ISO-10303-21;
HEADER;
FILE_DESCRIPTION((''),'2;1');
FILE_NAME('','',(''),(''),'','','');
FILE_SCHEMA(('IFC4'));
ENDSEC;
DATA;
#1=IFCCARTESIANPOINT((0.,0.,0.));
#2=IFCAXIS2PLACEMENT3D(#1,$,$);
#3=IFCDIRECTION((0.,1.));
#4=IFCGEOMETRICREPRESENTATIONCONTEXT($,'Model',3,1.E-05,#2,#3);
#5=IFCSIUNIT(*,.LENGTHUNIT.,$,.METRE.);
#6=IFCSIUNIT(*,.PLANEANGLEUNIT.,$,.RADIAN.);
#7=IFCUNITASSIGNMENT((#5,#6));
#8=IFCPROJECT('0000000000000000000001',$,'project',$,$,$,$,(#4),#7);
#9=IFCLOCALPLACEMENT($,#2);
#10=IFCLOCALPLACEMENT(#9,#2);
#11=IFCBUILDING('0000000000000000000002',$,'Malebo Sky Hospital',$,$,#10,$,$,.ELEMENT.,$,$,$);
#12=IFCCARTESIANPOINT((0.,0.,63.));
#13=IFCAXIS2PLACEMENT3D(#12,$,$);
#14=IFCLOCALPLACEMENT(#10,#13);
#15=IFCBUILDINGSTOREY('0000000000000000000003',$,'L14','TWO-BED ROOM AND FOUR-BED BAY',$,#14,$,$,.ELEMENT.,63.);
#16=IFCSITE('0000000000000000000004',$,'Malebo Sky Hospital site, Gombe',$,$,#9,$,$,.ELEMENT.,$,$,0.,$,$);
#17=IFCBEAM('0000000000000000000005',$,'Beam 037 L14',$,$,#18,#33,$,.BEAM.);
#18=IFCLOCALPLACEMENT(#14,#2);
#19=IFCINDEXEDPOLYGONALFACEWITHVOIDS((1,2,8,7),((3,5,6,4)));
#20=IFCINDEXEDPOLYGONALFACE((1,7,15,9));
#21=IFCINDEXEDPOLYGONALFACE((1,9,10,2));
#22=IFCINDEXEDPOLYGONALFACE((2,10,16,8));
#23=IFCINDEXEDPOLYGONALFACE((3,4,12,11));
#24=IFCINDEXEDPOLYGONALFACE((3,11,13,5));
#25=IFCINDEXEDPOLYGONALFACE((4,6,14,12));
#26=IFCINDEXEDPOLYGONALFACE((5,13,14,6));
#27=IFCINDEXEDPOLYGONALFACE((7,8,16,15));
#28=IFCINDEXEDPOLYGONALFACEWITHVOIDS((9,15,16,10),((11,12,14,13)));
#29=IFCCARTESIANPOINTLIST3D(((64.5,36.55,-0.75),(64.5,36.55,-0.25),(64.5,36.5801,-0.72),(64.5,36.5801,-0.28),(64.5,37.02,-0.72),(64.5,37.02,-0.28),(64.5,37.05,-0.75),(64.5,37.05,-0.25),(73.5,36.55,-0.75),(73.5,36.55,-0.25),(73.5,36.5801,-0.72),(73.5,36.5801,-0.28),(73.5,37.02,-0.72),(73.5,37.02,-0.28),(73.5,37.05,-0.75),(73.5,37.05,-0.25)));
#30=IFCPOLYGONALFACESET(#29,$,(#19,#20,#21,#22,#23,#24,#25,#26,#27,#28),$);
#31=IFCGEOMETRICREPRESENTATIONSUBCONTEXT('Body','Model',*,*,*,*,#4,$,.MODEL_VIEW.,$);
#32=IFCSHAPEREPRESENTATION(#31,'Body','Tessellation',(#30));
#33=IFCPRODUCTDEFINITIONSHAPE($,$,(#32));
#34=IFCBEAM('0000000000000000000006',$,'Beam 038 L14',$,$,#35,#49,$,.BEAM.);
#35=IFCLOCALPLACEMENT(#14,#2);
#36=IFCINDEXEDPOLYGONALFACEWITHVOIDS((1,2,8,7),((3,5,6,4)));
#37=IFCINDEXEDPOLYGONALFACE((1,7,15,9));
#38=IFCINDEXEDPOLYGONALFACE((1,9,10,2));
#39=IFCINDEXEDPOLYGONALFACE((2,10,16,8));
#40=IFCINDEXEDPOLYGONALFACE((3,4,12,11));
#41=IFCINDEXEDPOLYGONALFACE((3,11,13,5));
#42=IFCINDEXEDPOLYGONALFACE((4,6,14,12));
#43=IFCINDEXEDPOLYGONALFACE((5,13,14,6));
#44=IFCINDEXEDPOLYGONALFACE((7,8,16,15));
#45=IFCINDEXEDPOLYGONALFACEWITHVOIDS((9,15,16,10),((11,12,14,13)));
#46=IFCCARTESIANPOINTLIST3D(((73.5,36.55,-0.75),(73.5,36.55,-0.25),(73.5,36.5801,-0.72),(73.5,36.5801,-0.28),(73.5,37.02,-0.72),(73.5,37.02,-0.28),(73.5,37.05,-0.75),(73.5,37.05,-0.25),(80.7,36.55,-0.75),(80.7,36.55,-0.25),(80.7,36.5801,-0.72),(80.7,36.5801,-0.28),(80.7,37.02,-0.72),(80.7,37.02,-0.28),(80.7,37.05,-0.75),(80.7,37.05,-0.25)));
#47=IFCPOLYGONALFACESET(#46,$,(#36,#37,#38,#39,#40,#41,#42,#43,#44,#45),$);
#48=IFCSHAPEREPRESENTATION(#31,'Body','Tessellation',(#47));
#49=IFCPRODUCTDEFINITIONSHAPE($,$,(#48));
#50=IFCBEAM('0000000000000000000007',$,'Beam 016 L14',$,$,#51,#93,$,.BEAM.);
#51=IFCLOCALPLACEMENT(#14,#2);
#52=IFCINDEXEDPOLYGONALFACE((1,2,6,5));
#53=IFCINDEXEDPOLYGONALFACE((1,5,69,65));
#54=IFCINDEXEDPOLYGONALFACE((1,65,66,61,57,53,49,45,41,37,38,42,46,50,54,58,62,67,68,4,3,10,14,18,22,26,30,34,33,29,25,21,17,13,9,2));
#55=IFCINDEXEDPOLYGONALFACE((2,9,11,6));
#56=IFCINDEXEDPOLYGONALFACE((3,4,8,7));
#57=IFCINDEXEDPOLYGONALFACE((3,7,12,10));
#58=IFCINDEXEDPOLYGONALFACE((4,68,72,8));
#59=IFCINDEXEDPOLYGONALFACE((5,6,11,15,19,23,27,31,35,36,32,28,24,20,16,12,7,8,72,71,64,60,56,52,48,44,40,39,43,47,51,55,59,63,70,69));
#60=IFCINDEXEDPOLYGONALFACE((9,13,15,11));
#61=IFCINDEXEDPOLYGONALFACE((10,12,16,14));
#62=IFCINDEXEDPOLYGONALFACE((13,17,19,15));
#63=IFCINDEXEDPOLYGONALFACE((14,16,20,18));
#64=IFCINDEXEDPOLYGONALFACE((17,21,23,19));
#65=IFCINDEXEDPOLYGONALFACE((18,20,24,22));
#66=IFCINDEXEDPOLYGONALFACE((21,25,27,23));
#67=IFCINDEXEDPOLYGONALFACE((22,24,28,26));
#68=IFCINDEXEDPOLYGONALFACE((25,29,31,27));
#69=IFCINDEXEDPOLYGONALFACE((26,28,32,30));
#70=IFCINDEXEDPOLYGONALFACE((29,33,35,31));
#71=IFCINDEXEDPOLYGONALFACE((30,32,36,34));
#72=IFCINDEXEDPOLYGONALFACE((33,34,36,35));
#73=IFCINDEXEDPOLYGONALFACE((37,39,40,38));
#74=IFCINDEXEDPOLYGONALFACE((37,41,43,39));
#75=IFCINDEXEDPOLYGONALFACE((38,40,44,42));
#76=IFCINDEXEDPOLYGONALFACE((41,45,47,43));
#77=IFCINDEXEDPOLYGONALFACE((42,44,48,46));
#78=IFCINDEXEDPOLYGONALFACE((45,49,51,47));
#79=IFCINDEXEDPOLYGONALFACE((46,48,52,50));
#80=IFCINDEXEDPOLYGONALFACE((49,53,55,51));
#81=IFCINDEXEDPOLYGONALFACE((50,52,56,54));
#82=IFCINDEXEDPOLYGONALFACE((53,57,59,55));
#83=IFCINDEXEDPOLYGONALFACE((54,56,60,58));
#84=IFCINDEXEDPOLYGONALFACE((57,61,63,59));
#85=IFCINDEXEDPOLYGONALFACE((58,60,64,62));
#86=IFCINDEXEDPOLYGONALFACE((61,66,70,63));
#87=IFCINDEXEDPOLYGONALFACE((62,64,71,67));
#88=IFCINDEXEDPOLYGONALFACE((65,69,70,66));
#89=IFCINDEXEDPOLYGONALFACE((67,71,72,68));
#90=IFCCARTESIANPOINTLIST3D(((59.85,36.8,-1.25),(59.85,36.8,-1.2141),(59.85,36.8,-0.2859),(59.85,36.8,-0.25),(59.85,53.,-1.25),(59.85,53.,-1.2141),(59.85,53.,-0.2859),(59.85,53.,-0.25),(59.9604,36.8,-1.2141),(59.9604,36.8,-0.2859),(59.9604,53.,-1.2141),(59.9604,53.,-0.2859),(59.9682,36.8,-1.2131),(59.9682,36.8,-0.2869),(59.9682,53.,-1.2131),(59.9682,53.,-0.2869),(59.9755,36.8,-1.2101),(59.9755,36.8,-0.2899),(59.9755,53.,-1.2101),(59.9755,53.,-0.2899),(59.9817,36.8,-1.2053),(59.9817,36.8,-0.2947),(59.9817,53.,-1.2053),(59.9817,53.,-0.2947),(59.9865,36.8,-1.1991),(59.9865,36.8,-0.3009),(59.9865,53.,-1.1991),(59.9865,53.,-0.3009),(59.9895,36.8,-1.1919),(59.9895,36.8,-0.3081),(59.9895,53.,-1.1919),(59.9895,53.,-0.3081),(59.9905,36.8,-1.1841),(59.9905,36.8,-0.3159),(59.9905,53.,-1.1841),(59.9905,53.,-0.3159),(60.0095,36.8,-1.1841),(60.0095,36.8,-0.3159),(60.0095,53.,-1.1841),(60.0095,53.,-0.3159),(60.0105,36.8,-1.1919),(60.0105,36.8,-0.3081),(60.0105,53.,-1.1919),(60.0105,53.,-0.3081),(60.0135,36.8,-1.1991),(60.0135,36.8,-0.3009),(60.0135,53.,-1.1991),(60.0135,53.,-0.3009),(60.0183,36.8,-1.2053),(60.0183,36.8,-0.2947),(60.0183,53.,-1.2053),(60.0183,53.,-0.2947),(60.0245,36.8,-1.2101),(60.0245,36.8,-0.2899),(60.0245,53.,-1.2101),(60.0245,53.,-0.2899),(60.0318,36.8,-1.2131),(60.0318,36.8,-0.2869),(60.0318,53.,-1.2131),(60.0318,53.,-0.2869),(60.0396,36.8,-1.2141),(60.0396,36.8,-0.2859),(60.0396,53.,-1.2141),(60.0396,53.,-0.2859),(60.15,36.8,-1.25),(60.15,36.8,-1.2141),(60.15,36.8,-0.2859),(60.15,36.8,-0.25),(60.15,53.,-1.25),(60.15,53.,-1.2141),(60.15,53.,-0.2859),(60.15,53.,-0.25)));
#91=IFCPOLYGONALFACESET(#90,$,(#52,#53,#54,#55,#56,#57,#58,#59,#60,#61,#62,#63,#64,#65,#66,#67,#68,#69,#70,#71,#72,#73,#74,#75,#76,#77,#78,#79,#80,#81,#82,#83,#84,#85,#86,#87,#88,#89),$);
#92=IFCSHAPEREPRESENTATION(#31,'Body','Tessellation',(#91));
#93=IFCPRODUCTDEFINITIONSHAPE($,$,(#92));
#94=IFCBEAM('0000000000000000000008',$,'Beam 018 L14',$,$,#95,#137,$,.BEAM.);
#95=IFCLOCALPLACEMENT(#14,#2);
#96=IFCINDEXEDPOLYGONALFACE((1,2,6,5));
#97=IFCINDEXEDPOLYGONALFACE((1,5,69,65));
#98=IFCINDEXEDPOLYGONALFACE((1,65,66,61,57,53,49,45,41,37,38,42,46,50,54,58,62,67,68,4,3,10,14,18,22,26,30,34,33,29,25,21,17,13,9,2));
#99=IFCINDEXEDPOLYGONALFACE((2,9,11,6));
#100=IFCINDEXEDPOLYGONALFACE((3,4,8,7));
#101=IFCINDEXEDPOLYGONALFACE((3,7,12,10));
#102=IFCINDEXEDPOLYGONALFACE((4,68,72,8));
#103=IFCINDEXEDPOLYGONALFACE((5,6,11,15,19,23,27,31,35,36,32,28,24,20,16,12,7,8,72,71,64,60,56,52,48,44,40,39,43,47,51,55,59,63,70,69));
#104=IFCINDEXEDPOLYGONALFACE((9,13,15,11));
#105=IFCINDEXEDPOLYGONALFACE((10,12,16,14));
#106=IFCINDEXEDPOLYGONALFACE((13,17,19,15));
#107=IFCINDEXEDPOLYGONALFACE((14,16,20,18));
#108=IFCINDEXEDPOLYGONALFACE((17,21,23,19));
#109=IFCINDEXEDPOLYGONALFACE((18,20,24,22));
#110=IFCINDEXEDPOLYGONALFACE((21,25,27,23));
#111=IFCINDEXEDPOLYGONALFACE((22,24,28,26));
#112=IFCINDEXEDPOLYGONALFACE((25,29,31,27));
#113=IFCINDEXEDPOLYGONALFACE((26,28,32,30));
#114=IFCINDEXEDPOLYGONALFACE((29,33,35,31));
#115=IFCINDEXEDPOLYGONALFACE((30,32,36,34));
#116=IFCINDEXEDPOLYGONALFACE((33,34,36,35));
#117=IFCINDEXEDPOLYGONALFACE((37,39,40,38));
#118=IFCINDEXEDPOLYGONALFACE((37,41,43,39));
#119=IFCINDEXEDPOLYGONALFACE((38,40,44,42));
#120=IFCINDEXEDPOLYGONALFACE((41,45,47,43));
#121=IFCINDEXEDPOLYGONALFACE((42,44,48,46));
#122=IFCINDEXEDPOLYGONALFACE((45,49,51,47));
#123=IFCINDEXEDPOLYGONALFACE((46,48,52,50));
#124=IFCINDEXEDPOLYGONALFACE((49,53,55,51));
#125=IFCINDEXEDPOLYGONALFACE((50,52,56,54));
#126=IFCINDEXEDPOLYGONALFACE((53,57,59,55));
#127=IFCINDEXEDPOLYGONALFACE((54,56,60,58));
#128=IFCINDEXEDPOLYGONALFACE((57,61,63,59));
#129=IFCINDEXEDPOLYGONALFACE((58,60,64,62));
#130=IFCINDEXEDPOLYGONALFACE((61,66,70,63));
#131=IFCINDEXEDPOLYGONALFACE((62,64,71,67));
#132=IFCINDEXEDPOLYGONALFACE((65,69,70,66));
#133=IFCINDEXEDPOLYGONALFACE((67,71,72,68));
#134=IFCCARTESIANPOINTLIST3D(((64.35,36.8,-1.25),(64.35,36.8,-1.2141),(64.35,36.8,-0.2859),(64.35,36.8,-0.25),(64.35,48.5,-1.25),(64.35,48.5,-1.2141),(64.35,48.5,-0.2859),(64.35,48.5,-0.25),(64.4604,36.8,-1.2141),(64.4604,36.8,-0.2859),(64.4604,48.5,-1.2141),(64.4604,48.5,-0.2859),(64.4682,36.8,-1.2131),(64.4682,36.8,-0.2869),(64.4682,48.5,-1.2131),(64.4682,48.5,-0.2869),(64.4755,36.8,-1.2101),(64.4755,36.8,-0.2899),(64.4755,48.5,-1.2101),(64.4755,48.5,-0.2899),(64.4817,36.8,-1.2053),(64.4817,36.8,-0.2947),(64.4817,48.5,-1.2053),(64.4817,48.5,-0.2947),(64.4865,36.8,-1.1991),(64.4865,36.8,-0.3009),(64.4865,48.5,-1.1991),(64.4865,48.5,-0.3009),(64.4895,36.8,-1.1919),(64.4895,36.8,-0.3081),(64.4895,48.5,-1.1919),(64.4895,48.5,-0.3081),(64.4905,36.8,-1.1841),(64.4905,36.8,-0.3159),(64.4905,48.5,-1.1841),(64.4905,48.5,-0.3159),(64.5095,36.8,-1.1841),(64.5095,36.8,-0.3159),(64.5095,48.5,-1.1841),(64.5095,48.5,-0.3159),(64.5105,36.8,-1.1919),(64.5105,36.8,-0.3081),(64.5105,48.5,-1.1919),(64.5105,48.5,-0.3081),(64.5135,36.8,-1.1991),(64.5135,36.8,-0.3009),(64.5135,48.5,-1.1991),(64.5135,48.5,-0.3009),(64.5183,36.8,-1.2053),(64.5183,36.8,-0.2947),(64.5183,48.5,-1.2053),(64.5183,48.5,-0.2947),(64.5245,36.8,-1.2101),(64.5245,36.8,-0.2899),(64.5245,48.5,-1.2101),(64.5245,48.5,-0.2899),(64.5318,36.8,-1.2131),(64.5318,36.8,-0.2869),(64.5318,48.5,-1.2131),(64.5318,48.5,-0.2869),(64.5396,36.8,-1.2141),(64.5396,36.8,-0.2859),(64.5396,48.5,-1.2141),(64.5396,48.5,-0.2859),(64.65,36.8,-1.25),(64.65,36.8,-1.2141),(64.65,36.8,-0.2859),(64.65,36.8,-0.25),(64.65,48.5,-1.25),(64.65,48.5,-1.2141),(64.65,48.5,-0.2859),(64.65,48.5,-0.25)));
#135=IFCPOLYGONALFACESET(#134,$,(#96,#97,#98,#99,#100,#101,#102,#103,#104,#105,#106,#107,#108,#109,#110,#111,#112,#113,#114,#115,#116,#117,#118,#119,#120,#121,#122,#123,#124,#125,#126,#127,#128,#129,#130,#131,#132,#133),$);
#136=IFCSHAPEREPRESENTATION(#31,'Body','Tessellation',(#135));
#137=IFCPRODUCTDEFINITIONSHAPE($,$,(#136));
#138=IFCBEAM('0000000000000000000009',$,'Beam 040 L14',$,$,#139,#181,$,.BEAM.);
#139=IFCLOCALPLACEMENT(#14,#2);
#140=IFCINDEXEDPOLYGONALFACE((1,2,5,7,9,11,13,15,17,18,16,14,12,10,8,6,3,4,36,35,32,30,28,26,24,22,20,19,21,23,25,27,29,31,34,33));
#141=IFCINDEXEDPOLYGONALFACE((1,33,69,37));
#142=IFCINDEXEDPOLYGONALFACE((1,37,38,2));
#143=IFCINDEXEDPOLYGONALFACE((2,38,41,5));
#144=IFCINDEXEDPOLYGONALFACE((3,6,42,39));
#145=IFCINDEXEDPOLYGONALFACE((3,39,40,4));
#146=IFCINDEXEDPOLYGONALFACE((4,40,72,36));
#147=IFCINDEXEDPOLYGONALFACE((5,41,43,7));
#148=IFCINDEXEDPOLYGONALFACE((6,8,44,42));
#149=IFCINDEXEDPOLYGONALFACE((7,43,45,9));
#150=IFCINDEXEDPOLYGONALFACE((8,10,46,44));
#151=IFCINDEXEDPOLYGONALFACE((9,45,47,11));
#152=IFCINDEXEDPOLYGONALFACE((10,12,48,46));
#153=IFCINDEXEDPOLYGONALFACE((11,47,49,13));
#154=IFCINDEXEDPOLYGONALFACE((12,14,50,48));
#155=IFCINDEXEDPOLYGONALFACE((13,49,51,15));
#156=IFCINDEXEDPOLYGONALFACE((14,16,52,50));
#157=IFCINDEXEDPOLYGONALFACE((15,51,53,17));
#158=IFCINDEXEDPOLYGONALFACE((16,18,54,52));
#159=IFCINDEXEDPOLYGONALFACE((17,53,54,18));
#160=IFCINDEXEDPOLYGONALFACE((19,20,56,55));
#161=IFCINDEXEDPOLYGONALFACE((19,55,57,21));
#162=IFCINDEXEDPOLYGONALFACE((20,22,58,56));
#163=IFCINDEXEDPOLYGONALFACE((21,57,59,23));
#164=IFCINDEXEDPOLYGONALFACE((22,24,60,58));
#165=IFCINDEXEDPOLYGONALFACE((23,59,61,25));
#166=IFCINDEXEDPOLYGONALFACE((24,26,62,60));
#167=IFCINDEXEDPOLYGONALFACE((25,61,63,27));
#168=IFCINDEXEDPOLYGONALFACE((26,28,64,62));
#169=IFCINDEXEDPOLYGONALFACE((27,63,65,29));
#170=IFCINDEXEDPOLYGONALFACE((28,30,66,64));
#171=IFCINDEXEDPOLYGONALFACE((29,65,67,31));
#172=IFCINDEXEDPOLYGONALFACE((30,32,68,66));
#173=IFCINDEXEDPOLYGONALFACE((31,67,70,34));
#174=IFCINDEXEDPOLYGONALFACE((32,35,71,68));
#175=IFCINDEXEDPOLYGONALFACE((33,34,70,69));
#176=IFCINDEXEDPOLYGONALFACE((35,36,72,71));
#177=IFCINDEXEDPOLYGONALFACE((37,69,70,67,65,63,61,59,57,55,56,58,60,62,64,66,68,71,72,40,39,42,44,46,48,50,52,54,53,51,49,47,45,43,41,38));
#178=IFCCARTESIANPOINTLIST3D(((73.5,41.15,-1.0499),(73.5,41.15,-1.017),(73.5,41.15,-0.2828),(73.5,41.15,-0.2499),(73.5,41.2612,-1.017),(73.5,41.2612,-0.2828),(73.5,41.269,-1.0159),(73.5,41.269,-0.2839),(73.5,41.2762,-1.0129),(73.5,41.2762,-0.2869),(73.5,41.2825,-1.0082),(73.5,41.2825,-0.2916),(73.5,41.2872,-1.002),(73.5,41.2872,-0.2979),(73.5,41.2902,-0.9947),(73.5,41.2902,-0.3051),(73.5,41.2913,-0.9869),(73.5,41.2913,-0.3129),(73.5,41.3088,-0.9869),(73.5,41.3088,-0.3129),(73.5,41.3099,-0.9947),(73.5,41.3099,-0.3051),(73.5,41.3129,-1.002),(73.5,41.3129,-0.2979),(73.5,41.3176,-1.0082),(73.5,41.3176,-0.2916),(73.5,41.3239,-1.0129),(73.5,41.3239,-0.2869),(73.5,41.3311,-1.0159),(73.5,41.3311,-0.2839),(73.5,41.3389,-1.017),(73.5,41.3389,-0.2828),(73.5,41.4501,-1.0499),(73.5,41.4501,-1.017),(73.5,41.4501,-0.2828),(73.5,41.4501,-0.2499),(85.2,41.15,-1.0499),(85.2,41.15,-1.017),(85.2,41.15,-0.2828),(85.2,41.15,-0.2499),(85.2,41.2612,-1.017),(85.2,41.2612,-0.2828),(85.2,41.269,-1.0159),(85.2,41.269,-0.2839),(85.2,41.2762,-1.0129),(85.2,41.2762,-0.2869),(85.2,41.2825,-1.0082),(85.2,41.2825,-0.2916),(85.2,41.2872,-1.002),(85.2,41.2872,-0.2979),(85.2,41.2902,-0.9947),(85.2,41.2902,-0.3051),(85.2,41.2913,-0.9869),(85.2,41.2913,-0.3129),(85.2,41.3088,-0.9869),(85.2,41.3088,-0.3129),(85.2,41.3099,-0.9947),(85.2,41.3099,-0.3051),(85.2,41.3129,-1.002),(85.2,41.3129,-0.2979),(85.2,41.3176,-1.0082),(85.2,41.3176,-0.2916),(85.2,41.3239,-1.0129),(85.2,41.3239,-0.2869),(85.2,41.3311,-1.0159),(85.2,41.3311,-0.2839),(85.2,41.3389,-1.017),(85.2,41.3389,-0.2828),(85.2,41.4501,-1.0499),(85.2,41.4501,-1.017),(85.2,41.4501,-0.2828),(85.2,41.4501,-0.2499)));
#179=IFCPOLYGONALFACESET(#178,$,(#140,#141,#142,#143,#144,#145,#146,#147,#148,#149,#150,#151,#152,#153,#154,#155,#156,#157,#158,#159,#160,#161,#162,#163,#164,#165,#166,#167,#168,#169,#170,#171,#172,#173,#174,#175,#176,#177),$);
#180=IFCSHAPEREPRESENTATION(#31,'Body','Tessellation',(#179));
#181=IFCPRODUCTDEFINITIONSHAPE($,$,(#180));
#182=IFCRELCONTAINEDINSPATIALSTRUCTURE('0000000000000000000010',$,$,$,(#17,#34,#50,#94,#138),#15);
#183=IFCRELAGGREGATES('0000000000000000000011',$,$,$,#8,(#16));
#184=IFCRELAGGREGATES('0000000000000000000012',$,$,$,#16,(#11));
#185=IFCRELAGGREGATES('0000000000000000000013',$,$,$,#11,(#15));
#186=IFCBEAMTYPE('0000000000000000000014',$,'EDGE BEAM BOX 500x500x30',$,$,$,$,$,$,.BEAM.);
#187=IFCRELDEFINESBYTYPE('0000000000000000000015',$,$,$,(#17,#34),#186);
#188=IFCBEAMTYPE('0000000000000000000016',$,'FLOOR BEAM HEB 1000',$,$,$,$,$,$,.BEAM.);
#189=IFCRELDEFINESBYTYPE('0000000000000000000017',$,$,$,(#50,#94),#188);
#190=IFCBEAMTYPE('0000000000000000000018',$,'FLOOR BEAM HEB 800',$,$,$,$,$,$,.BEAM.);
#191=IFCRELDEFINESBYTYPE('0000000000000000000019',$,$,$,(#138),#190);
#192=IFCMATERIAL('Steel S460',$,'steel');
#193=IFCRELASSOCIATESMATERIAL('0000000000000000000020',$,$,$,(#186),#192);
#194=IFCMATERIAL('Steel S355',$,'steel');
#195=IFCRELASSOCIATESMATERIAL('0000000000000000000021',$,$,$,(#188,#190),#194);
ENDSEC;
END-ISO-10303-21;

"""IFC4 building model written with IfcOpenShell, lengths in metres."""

from ifc_helpers import new_model, si_unit, direction, frame, origin, origin_2d, place, context, subcontext, project, spatial, hollow_rectangle, i_section, extrude, material, material_profile, profile_set, type_object, element, save


model = new_model("IFC4")

# Units and contexts
model_context = context("Model", 3, precision=1e-05, world=origin(), true_north=direction((0.0, 1.0)))
body_context = subcontext(model_context, "Body", "Model", "MODEL_VIEW")
ifc_project = project(units=[si_unit("LENGTHUNIT", "METRE"), si_unit("PLANEANGLEUNIT", "RADIAN")], contexts=[model_context])

# Site, building, storey
site_placement = place(None, origin())
site = spatial("IfcSite", under=ifc_project, at=site_placement, Name="Malebo Sky Hospital site, Gombe", CompositionType="ELEMENT", RefElevation=0.0)
building_placement = place(site_placement, origin())
building = spatial("IfcBuilding", under=site, at=building_placement, Name="Malebo Sky Hospital", CompositionType="ELEMENT")
storey_placement = place(building_placement, frame((0.0, 0.0, 63.0)))
storey = spatial("IfcBuildingStorey", under=building, at=storey_placement, Name="L14", Description="TWO-BED ROOM AND FOUR-BED BAY", CompositionType="ELEMENT", Elevation=63.0)

# Shared definitions
ifc_material_1 = material(Name="Steel S460", Category="steel")

# Beams
ifc_material_profile_1 = material_profile(ifc_material_1, hollow_rectangle(XDim=0.5, YDim=0.5, WallThickness=0.03, at=origin_2d()), Name="BOX 500x500x30")
ifc_profile_set_1 = profile_set([ifc_material_profile_1], Name="Steel S460")
beam_type_1 = type_object("IfcBeamType", Name="EDGE BEAM BOX 500x500x30", PredefinedType="BEAM", material=ifc_profile_set_1)
beam_1_placement = place(storey_placement, frame((64.5, 36.8, -0.5), z_axis=(1.0, 0.0, 0.0), x_axis=(0.0, 1.0, 0.0)))
element("IfcBeam", 1, at=beam_1_placement, inside=storey, type_object=beam_type_1, Name="Beam 037 L14", PredefinedType="BEAM", context=body_context, shape_type="SweptSolid", body=[
    extrude(hollow_rectangle(XDim=0.5, YDim=0.5, WallThickness=0.03, at=origin_2d()), origin(), (0.0, 0.0, 1.0), 9.0),
])
beam_2_placement = place(storey_placement, frame((73.5, 36.8, -0.5), z_axis=(1.0, 0.0, 0.0), x_axis=(0.0, 1.0, 0.0)))
element("IfcBeam", 2, at=beam_2_placement, inside=storey, type_object=beam_type_1, Name="Beam 038 L14", PredefinedType="BEAM", context=body_context, shape_type="SweptSolid", body=[
    extrude(hollow_rectangle(XDim=0.5, YDim=0.5, WallThickness=0.03, at=origin_2d()), origin(), (0.0, 0.0, 1.0), 7.2),
])
ifc_material_2 = material(Name="Steel S355", Category="steel")
ifc_material_profile_2 = material_profile(ifc_material_2, i_section(OverallWidth=0.3, OverallDepth=1.0, WebThickness=0.019, FlangeThickness=0.0359, FilletRadius=0.03, at=origin_2d()), Name="HEB 1000")
ifc_profile_set_2 = profile_set([ifc_material_profile_2], Name="Steel S355")
beam_type_2 = type_object("IfcBeamType", Name="FLOOR BEAM HEB 1000", PredefinedType="BEAM", material=ifc_profile_set_2)
beam_3_placement = place(storey_placement, frame((60.0, 36.8, -0.75), z_axis=(0.0, 1.0, 0.0), x_axis=(-1.0, 0.0, 0.0)))
element("IfcBeam", 3, at=beam_3_placement, inside=storey, type_object=beam_type_2, Name="Beam 016 L14", PredefinedType="BEAM", context=body_context, shape_type="SweptSolid", body=[
    extrude(i_section(OverallWidth=0.3, OverallDepth=1.0, WebThickness=0.019, FlangeThickness=0.0359, FilletRadius=0.03, at=origin_2d()), origin(), (0.0, 0.0, 1.0), 16.2),
])
beam_4_placement = place(storey_placement, frame((64.5, 36.8, -0.75), z_axis=(0.0, 1.0, 0.0), x_axis=(-1.0, 0.0, 0.0)))
element("IfcBeam", 4, at=beam_4_placement, inside=storey, type_object=beam_type_2, Name="Beam 018 L14", PredefinedType="BEAM", context=body_context, shape_type="SweptSolid", body=[
    extrude(i_section(OverallWidth=0.3, OverallDepth=1.0, WebThickness=0.019, FlangeThickness=0.0359, FilletRadius=0.03, at=origin_2d()), origin(), (0.0, 0.0, 1.0), 11.7),
])
ifc_material_profile_3 = material_profile(ifc_material_2, i_section(OverallWidth=0.3, OverallDepth=0.8, WebThickness=0.0176, FlangeThickness=0.033, FilletRadius=0.03, at=origin_2d()), Name="HEB 800")
ifc_profile_set_3 = profile_set([ifc_material_profile_3], Name="Steel S355")
beam_type_3 = type_object("IfcBeamType", Name="FLOOR BEAM HEB 800", PredefinedType="BEAM", material=ifc_profile_set_3)
beam_5_placement = place(storey_placement, frame((73.5, 41.3, -0.6499), z_axis=(1.0, 0.0, 0.0), x_axis=(0.0, 1.0, 0.0)))
element("IfcBeam", 5, at=beam_5_placement, inside=storey, type_object=beam_type_3, Name="Beam 040 L14", PredefinedType="BEAM", context=body_context, shape_type="SweptSolid", body=[
    extrude(i_section(OverallWidth=0.3, OverallDepth=0.8, WebThickness=0.0176, FlangeThickness=0.033, FilletRadius=0.03, at=origin_2d()), origin(), (0.0, 0.0, 1.0), 11.7),
])

save(model, "model.ifc")
